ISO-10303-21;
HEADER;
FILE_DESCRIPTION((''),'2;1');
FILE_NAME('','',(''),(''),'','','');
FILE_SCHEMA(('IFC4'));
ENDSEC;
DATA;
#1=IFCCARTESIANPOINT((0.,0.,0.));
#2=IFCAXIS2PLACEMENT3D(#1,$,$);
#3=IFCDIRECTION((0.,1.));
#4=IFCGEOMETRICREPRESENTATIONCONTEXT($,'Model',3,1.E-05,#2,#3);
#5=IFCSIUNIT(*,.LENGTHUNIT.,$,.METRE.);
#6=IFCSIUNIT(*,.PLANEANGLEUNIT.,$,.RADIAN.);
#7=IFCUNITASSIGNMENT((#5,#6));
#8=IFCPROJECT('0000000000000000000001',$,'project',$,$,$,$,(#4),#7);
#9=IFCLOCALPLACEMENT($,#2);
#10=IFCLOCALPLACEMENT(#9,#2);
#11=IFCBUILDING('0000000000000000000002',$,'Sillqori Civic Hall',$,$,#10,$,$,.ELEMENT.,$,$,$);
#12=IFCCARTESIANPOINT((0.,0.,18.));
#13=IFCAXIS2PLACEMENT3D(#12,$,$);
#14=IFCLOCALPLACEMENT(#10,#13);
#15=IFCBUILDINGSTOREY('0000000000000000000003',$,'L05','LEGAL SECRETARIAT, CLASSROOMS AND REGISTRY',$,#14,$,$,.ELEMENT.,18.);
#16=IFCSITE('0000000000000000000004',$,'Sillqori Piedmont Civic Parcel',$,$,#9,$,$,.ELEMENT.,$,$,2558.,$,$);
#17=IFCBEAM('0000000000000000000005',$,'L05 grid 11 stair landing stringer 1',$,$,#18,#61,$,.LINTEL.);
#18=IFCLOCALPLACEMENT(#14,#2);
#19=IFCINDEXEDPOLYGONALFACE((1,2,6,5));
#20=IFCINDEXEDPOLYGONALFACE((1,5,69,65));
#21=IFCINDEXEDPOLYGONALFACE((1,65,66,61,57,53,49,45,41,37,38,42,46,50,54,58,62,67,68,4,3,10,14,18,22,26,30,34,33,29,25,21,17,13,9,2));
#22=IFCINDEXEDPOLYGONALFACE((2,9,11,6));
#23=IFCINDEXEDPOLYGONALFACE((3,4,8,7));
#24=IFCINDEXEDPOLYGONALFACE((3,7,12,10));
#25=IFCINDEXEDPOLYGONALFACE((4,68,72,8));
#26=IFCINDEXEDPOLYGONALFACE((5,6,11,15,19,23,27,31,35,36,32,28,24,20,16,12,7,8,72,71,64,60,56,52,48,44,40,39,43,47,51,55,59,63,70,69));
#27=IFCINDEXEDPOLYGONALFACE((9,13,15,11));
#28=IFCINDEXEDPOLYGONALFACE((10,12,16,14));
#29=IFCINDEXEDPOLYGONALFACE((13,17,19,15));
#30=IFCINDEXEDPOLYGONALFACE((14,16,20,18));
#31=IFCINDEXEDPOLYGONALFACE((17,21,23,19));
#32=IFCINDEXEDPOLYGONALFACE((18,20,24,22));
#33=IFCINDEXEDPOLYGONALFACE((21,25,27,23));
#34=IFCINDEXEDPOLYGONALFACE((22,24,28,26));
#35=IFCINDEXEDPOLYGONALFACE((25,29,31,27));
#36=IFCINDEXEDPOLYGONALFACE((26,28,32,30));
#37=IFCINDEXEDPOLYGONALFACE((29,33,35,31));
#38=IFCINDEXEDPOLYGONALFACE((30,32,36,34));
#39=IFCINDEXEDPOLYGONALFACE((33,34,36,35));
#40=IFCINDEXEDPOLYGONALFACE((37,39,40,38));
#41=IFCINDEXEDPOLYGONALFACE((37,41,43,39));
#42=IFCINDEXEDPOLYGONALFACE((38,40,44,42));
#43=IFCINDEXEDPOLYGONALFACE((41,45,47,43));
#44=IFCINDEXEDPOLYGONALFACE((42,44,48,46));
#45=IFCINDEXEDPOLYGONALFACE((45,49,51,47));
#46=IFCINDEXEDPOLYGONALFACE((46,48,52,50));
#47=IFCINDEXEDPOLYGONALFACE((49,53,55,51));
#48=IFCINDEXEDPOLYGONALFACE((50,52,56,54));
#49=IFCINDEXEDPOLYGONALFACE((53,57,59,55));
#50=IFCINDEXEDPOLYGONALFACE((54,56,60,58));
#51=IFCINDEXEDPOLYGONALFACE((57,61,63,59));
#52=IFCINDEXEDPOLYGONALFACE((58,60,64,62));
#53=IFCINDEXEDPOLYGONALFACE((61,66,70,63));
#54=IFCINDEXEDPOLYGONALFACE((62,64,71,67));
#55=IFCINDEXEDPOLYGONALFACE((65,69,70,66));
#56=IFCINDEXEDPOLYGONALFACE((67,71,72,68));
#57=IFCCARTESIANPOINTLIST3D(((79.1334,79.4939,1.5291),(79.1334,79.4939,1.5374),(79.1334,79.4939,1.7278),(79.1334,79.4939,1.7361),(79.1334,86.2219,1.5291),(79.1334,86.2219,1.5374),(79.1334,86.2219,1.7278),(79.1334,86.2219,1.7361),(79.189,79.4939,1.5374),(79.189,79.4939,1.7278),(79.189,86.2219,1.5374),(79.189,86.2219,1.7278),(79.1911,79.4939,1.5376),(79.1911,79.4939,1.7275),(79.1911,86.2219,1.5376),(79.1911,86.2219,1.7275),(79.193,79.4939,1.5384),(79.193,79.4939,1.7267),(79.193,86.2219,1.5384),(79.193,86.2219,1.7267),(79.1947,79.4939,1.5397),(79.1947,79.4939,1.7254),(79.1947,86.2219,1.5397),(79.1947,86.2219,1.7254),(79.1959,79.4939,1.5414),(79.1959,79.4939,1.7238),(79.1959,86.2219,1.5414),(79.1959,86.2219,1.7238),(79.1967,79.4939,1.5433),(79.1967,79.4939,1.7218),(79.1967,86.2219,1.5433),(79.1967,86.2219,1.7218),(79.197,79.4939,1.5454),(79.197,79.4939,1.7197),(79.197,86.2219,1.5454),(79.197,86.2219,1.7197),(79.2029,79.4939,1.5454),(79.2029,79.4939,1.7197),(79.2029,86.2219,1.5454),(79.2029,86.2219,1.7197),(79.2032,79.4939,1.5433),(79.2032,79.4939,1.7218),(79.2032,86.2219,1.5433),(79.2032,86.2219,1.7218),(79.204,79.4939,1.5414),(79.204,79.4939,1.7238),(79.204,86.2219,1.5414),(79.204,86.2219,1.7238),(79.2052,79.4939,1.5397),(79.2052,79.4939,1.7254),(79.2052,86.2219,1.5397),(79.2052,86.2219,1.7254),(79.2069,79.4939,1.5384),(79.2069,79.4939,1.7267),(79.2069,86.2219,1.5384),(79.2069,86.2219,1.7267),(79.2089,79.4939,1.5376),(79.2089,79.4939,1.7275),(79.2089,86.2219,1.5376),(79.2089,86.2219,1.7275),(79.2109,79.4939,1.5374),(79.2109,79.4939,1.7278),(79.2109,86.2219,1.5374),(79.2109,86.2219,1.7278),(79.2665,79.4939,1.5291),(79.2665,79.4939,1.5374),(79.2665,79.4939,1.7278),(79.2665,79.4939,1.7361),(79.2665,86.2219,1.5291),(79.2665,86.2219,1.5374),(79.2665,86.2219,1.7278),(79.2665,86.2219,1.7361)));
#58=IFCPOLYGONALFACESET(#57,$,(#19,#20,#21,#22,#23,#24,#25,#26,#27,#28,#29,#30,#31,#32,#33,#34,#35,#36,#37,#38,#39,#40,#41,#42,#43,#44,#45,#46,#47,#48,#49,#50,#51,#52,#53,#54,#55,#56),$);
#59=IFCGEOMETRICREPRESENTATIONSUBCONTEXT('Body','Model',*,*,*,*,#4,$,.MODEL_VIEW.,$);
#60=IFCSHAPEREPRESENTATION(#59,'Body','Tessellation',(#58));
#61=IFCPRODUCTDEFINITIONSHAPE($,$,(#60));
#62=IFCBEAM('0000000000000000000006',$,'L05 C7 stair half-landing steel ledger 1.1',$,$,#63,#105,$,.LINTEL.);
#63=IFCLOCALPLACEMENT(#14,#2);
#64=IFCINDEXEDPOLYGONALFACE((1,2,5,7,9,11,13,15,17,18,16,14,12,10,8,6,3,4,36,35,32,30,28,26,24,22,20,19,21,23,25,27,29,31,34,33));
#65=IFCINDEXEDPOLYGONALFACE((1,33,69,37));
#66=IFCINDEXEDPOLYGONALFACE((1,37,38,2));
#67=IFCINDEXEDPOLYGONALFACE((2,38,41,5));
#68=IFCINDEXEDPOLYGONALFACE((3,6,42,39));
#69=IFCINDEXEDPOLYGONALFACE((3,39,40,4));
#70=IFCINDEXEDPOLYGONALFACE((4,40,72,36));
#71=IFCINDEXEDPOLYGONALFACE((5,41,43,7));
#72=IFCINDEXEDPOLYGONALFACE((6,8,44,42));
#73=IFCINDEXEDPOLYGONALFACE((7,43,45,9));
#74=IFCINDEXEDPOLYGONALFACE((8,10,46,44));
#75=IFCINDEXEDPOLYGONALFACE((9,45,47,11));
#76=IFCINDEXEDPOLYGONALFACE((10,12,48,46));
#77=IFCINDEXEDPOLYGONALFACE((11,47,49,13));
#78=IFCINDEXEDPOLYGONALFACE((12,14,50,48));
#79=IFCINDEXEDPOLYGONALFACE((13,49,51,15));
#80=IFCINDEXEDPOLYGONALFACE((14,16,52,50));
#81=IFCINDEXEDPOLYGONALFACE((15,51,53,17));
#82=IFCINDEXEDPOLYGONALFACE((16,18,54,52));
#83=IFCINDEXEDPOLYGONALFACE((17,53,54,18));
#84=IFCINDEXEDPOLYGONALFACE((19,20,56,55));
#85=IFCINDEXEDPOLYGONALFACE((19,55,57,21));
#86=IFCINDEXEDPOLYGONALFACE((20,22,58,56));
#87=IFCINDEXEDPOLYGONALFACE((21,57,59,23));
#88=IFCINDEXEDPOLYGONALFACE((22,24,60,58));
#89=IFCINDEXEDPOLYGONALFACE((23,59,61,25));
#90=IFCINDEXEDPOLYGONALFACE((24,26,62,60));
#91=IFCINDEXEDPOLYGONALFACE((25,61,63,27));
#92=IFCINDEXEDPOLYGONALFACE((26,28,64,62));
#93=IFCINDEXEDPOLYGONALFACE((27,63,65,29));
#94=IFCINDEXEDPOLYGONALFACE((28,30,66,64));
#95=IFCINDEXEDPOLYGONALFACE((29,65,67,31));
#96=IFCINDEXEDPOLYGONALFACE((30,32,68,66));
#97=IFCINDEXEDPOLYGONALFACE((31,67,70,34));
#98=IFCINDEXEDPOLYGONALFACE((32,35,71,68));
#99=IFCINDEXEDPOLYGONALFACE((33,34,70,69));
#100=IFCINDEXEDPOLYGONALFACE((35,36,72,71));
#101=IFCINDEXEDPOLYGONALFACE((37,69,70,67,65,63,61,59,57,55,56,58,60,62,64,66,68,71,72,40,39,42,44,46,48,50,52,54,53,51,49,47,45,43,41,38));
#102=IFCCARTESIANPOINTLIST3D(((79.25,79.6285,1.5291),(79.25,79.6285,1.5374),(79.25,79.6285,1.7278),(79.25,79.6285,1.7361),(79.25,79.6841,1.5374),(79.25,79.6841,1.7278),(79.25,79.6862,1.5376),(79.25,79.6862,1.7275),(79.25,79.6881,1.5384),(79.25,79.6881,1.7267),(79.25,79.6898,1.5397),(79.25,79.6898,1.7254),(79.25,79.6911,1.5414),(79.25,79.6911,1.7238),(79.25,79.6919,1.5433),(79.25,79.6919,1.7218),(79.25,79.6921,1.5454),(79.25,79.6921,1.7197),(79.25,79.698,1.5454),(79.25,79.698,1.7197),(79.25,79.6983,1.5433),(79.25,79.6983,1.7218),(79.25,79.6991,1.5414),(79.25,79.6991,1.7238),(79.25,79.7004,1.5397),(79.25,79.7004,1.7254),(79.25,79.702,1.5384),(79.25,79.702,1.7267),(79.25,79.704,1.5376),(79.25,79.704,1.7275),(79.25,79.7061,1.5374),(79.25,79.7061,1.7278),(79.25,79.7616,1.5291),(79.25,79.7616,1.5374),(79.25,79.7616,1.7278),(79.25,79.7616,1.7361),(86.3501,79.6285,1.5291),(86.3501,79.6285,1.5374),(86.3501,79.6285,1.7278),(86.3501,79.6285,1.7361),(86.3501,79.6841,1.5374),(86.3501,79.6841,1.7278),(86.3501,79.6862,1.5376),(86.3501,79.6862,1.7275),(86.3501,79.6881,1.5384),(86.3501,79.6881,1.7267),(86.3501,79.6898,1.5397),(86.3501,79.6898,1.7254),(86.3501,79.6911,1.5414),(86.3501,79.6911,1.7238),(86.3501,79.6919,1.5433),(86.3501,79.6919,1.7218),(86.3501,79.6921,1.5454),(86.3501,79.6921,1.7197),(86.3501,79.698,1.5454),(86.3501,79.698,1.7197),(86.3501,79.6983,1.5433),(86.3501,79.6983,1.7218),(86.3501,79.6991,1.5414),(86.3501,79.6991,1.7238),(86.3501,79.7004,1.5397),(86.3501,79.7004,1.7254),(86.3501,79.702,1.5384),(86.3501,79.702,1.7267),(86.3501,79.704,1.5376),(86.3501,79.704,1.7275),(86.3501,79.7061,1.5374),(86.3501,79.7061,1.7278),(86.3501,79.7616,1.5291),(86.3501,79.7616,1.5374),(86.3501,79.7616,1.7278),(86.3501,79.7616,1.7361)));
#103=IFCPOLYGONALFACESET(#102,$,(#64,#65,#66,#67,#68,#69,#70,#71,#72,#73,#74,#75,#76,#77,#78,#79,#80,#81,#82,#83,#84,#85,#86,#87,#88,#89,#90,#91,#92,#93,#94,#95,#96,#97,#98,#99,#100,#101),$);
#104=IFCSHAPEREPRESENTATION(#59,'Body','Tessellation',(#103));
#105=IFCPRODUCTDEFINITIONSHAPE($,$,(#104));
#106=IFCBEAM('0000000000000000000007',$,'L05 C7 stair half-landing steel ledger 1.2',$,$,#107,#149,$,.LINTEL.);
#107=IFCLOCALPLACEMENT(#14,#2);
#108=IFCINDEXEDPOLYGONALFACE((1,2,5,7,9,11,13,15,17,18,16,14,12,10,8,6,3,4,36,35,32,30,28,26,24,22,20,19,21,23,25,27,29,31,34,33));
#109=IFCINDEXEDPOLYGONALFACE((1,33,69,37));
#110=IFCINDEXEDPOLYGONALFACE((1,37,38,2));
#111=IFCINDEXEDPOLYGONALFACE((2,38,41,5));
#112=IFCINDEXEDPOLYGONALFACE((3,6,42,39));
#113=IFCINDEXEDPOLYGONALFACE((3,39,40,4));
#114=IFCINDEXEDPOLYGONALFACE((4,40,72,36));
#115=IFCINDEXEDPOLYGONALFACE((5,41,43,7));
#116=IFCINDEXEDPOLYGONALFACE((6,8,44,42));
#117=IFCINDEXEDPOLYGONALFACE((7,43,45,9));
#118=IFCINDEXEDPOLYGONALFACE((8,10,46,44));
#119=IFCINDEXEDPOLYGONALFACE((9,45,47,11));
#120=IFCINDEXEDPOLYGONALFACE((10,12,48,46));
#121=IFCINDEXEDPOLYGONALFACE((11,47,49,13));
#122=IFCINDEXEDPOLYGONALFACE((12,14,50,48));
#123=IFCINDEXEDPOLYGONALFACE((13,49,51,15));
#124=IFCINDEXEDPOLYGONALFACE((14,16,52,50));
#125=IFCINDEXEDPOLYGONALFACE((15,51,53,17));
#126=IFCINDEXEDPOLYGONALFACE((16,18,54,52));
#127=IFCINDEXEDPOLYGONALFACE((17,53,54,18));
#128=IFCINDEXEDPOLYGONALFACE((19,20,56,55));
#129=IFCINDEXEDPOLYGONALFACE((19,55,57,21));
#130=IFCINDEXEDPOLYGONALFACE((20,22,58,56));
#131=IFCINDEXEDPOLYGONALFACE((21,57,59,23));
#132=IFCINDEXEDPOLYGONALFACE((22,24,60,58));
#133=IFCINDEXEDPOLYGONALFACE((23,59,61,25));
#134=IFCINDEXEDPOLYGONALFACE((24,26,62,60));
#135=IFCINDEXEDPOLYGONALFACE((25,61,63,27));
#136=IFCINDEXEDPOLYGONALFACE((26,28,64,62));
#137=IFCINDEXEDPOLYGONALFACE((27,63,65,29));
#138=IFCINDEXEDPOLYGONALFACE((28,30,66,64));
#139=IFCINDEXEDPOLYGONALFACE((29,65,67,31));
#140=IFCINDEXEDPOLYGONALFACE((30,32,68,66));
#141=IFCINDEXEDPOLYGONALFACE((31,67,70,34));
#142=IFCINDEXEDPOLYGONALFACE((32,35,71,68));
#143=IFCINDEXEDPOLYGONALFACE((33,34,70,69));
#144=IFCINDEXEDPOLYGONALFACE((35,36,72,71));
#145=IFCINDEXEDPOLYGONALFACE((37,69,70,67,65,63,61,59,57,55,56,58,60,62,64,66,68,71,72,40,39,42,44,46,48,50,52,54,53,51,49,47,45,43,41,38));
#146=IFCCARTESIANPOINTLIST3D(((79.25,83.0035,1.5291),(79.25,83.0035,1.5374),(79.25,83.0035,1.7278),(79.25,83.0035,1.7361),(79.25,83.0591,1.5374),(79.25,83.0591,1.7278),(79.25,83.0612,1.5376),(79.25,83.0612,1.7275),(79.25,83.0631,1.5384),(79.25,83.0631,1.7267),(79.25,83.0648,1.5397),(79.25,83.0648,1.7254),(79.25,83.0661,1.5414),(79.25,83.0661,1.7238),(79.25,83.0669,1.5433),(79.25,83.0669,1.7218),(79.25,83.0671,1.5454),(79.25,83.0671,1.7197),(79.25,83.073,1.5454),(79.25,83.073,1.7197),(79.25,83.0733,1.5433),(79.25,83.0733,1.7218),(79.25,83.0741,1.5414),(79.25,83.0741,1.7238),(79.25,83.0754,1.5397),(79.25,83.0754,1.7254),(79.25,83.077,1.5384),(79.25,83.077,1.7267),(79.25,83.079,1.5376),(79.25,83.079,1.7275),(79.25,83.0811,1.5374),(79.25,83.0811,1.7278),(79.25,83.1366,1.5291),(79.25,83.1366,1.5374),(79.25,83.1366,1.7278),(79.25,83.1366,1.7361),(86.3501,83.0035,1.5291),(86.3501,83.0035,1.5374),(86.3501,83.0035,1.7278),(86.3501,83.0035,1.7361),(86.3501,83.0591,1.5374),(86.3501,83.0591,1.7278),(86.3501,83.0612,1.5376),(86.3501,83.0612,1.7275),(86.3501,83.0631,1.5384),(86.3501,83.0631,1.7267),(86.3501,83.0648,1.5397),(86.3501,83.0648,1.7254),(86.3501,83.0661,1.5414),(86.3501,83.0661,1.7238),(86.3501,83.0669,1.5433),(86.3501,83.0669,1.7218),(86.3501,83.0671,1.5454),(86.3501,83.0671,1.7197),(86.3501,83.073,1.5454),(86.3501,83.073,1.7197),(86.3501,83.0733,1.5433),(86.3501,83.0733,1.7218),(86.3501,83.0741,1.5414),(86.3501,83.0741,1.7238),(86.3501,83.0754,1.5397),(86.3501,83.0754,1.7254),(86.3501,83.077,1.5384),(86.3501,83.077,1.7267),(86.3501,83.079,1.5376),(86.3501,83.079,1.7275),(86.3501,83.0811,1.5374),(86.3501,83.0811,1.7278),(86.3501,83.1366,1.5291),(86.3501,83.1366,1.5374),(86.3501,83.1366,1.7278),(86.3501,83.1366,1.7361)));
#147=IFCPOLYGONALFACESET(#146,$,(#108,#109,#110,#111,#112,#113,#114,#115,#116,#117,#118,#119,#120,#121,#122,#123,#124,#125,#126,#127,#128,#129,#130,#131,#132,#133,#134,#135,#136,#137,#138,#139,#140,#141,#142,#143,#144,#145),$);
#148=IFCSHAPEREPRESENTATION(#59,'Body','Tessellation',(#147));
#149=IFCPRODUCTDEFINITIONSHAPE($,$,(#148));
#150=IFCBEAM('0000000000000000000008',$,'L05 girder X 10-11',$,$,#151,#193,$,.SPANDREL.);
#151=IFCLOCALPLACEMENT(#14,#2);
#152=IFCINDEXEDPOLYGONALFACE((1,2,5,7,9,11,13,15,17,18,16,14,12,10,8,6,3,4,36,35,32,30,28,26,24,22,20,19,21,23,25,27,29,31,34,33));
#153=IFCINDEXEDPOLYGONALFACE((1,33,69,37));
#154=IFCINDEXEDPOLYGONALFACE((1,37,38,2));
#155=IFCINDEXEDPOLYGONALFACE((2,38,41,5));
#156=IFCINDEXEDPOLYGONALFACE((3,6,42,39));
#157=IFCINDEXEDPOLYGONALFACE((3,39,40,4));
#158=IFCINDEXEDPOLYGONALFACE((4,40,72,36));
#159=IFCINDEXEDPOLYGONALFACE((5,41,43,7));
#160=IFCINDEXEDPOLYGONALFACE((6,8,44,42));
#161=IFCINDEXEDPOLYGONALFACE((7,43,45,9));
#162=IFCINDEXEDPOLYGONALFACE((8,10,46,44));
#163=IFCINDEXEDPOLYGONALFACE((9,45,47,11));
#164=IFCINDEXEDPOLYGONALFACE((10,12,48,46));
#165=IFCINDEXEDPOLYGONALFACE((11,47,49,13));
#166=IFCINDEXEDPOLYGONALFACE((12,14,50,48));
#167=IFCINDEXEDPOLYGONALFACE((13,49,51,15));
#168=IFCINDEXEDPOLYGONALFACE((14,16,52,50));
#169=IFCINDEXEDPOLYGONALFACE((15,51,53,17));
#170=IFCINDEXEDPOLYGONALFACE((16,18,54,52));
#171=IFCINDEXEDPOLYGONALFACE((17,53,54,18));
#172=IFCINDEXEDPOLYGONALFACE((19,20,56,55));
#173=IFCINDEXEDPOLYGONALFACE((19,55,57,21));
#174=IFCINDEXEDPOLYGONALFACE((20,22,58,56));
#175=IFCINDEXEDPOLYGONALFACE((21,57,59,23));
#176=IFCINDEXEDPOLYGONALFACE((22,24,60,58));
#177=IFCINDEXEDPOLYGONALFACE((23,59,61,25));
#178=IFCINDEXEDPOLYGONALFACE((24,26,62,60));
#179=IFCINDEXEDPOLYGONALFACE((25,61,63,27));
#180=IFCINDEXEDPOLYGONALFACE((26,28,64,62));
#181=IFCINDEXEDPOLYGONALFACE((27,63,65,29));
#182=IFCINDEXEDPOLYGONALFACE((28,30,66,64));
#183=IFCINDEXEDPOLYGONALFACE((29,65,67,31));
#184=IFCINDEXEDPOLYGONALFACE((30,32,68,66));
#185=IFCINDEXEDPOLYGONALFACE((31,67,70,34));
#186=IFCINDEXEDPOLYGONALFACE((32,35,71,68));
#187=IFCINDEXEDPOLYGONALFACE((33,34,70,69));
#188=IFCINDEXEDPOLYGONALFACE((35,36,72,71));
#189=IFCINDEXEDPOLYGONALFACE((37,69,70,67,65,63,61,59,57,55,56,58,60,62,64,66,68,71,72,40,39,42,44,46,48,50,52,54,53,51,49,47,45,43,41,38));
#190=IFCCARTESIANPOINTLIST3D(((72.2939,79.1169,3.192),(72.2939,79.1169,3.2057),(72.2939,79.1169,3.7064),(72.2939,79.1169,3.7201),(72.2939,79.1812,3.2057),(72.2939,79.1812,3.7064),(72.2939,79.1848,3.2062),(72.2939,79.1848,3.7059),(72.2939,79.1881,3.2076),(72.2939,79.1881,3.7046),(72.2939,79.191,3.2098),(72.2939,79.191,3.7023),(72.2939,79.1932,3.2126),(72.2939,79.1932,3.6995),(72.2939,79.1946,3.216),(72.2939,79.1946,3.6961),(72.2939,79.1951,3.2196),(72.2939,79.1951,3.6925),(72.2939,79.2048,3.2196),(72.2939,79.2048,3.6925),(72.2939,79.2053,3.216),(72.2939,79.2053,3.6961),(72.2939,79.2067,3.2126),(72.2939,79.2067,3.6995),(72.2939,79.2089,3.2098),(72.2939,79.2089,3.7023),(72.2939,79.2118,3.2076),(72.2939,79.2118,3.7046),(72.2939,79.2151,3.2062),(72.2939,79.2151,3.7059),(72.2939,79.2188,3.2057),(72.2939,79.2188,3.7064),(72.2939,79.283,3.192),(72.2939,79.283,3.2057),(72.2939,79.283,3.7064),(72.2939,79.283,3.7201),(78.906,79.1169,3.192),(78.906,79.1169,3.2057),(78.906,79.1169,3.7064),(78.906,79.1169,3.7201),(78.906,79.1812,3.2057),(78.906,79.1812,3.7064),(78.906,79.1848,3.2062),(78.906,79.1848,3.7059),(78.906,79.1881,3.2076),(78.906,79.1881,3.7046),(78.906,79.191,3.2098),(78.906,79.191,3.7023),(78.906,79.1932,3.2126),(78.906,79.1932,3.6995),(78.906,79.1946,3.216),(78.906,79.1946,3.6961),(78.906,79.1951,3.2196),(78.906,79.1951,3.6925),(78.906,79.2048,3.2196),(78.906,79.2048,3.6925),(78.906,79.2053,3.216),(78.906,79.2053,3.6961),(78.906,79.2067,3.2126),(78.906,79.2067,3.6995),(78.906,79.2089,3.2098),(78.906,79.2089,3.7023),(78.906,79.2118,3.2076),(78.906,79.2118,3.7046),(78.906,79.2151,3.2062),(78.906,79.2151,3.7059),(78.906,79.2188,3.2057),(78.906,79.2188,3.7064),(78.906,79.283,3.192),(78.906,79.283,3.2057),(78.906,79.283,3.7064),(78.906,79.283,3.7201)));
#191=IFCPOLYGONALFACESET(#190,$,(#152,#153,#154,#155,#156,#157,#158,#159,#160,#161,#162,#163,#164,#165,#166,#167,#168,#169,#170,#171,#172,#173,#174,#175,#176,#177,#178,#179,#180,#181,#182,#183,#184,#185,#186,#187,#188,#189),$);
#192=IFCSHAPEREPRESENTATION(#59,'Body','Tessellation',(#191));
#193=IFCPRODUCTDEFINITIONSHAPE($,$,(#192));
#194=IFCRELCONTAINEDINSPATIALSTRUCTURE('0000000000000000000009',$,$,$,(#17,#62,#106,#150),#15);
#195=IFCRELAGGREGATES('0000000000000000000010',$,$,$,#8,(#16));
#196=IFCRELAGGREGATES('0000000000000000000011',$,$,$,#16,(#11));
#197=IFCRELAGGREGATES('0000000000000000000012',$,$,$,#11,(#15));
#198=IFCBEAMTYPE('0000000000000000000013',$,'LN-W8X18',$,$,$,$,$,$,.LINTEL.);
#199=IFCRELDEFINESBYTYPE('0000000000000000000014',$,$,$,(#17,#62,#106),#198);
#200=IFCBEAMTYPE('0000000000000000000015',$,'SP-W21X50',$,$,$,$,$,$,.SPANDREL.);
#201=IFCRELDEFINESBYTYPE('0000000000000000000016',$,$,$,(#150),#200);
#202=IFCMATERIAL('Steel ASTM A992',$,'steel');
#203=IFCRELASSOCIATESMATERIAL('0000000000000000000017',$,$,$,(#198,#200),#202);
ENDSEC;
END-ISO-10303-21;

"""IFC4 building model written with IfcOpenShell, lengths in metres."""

from ifc_helpers import new_model, si_unit, direction, frame, origin, origin_2d, place, context, subcontext, project, spatial, i_section, extrude, material, material_profile, profile_set, type_object, element, save


model = new_model("IFC4")

# Units and contexts
model_context = context("Model", 3, precision=1e-05, world=origin(), true_north=direction((0.0, 1.0)))
body_context = subcontext(model_context, "Body", "Model", "MODEL_VIEW")
ifc_project = project(units=[si_unit("LENGTHUNIT", "METRE"), si_unit("PLANEANGLEUNIT", "RADIAN")], contexts=[model_context])

# Site, building, storey
site_placement = place(None, origin())
site = spatial("IfcSite", under=ifc_project, at=site_placement, Name="Sillqori Piedmont Civic Parcel", CompositionType="ELEMENT", RefElevation=2558.0)
building_placement = place(site_placement, origin())
building = spatial("IfcBuilding", under=site, at=building_placement, Name="Sillqori Civic Hall", CompositionType="ELEMENT")
storey_placement = place(building_placement, frame((0.0, 0.0, 18.0)))
storey = spatial("IfcBuildingStorey", under=building, at=storey_placement, Name="L05", Description="LEGAL SECRETARIAT, CLASSROOMS AND REGISTRY", CompositionType="ELEMENT", Elevation=18.0)

# Shared definitions
ifc_material_1 = material(Name="Steel ASTM A992", Category="steel")

# Beams
ifc_material_profile_1 = material_profile(ifc_material_1, i_section(OverallWidth=0.1331, OverallDepth=0.207, WebThickness=0.0059, FlangeThickness=0.0083, FilletRadius=0.0081, at=origin_2d()), Name="W8X18")
ifc_profile_set_1 = profile_set([ifc_material_profile_1], Name="Steel ASTM A992")
beam_type_1 = type_object("IfcBeamType", Name="LN-W8X18", PredefinedType="LINTEL", material=ifc_profile_set_1)
for number, where, z_axis, x_axis, name in (
    (1, (79.2, 79.4939, 1.6326), (0.0, 1.0, 0.0), (-1.0, 0.0, 0.0), "L05 grid 11 stair landing stringer 1"),
):
    element("IfcBeam", number, at=place(storey_placement, frame(where, z_axis=z_axis, x_axis=x_axis)), inside=storey, type_object=beam_type_1, Name=name, PredefinedType="LINTEL", context=body_context, shape_type="SweptSolid", body=[
        extrude(i_section(OverallWidth=0.1331, OverallDepth=0.207, WebThickness=0.0059, FlangeThickness=0.0083, FilletRadius=0.0081, at=origin_2d()), origin(), (0.0, 0.0, 1.0), 6.728),
    ])
for number, where, z_axis, x_axis, name in (
    (2, (79.25, 79.6951, 1.6326), (1.0, 0.0, 0.0), (0.0, 1.0, 0.0), "L05 C7 stair half-landing steel ledger 1.1"),
    (3, (79.25, 83.0701, 1.6326), (1.0, 0.0, 0.0), (0.0, 1.0, 0.0), "L05 C7 stair half-landing steel ledger 1.2"),
):
    element("IfcBeam", number, at=place(storey_placement, frame(where, z_axis=z_axis, x_axis=x_axis)), inside=storey, type_object=beam_type_1, Name=name, PredefinedType="LINTEL", context=body_context, shape_type="SweptSolid", body=[
        extrude(i_section(OverallWidth=0.1331, OverallDepth=0.207, WebThickness=0.0059, FlangeThickness=0.0083, FilletRadius=0.0081, at=origin_2d()), origin(), (0.0, 0.0, 1.0), 7.1001),
    ])
ifc_material_profile_2 = material_profile(ifc_material_1, i_section(OverallWidth=0.166, OverallDepth=0.5281, WebThickness=0.0098, FlangeThickness=0.0137, FilletRadius=0.0139, at=origin_2d()), Name="W21X50")
ifc_profile_set_2 = profile_set([ifc_material_profile_2], Name="Steel ASTM A992")
beam_type_2 = type_object("IfcBeamType", Name="SP-W21X50", PredefinedType="SPANDREL", material=ifc_profile_set_2)
for number, where, z_axis, x_axis, name in (
    (4, (72.2939, 79.2, 3.4561), (1.0, 0.0, 0.0), (0.0, 1.0, 0.0), "L05 girder X 10-11"),
):
    element("IfcBeam", number, at=place(storey_placement, frame(where, z_axis=z_axis, x_axis=x_axis)), inside=storey, type_object=beam_type_2, Name=name, PredefinedType="SPANDREL", context=body_context, shape_type="SweptSolid", body=[
        extrude(i_section(OverallWidth=0.166, OverallDepth=0.5281, WebThickness=0.0098, FlangeThickness=0.0137, FilletRadius=0.0139, at=origin_2d()), origin(), (0.0, 0.0, 1.0), 6.6121),
    ])

save(model, "model.ifc")
